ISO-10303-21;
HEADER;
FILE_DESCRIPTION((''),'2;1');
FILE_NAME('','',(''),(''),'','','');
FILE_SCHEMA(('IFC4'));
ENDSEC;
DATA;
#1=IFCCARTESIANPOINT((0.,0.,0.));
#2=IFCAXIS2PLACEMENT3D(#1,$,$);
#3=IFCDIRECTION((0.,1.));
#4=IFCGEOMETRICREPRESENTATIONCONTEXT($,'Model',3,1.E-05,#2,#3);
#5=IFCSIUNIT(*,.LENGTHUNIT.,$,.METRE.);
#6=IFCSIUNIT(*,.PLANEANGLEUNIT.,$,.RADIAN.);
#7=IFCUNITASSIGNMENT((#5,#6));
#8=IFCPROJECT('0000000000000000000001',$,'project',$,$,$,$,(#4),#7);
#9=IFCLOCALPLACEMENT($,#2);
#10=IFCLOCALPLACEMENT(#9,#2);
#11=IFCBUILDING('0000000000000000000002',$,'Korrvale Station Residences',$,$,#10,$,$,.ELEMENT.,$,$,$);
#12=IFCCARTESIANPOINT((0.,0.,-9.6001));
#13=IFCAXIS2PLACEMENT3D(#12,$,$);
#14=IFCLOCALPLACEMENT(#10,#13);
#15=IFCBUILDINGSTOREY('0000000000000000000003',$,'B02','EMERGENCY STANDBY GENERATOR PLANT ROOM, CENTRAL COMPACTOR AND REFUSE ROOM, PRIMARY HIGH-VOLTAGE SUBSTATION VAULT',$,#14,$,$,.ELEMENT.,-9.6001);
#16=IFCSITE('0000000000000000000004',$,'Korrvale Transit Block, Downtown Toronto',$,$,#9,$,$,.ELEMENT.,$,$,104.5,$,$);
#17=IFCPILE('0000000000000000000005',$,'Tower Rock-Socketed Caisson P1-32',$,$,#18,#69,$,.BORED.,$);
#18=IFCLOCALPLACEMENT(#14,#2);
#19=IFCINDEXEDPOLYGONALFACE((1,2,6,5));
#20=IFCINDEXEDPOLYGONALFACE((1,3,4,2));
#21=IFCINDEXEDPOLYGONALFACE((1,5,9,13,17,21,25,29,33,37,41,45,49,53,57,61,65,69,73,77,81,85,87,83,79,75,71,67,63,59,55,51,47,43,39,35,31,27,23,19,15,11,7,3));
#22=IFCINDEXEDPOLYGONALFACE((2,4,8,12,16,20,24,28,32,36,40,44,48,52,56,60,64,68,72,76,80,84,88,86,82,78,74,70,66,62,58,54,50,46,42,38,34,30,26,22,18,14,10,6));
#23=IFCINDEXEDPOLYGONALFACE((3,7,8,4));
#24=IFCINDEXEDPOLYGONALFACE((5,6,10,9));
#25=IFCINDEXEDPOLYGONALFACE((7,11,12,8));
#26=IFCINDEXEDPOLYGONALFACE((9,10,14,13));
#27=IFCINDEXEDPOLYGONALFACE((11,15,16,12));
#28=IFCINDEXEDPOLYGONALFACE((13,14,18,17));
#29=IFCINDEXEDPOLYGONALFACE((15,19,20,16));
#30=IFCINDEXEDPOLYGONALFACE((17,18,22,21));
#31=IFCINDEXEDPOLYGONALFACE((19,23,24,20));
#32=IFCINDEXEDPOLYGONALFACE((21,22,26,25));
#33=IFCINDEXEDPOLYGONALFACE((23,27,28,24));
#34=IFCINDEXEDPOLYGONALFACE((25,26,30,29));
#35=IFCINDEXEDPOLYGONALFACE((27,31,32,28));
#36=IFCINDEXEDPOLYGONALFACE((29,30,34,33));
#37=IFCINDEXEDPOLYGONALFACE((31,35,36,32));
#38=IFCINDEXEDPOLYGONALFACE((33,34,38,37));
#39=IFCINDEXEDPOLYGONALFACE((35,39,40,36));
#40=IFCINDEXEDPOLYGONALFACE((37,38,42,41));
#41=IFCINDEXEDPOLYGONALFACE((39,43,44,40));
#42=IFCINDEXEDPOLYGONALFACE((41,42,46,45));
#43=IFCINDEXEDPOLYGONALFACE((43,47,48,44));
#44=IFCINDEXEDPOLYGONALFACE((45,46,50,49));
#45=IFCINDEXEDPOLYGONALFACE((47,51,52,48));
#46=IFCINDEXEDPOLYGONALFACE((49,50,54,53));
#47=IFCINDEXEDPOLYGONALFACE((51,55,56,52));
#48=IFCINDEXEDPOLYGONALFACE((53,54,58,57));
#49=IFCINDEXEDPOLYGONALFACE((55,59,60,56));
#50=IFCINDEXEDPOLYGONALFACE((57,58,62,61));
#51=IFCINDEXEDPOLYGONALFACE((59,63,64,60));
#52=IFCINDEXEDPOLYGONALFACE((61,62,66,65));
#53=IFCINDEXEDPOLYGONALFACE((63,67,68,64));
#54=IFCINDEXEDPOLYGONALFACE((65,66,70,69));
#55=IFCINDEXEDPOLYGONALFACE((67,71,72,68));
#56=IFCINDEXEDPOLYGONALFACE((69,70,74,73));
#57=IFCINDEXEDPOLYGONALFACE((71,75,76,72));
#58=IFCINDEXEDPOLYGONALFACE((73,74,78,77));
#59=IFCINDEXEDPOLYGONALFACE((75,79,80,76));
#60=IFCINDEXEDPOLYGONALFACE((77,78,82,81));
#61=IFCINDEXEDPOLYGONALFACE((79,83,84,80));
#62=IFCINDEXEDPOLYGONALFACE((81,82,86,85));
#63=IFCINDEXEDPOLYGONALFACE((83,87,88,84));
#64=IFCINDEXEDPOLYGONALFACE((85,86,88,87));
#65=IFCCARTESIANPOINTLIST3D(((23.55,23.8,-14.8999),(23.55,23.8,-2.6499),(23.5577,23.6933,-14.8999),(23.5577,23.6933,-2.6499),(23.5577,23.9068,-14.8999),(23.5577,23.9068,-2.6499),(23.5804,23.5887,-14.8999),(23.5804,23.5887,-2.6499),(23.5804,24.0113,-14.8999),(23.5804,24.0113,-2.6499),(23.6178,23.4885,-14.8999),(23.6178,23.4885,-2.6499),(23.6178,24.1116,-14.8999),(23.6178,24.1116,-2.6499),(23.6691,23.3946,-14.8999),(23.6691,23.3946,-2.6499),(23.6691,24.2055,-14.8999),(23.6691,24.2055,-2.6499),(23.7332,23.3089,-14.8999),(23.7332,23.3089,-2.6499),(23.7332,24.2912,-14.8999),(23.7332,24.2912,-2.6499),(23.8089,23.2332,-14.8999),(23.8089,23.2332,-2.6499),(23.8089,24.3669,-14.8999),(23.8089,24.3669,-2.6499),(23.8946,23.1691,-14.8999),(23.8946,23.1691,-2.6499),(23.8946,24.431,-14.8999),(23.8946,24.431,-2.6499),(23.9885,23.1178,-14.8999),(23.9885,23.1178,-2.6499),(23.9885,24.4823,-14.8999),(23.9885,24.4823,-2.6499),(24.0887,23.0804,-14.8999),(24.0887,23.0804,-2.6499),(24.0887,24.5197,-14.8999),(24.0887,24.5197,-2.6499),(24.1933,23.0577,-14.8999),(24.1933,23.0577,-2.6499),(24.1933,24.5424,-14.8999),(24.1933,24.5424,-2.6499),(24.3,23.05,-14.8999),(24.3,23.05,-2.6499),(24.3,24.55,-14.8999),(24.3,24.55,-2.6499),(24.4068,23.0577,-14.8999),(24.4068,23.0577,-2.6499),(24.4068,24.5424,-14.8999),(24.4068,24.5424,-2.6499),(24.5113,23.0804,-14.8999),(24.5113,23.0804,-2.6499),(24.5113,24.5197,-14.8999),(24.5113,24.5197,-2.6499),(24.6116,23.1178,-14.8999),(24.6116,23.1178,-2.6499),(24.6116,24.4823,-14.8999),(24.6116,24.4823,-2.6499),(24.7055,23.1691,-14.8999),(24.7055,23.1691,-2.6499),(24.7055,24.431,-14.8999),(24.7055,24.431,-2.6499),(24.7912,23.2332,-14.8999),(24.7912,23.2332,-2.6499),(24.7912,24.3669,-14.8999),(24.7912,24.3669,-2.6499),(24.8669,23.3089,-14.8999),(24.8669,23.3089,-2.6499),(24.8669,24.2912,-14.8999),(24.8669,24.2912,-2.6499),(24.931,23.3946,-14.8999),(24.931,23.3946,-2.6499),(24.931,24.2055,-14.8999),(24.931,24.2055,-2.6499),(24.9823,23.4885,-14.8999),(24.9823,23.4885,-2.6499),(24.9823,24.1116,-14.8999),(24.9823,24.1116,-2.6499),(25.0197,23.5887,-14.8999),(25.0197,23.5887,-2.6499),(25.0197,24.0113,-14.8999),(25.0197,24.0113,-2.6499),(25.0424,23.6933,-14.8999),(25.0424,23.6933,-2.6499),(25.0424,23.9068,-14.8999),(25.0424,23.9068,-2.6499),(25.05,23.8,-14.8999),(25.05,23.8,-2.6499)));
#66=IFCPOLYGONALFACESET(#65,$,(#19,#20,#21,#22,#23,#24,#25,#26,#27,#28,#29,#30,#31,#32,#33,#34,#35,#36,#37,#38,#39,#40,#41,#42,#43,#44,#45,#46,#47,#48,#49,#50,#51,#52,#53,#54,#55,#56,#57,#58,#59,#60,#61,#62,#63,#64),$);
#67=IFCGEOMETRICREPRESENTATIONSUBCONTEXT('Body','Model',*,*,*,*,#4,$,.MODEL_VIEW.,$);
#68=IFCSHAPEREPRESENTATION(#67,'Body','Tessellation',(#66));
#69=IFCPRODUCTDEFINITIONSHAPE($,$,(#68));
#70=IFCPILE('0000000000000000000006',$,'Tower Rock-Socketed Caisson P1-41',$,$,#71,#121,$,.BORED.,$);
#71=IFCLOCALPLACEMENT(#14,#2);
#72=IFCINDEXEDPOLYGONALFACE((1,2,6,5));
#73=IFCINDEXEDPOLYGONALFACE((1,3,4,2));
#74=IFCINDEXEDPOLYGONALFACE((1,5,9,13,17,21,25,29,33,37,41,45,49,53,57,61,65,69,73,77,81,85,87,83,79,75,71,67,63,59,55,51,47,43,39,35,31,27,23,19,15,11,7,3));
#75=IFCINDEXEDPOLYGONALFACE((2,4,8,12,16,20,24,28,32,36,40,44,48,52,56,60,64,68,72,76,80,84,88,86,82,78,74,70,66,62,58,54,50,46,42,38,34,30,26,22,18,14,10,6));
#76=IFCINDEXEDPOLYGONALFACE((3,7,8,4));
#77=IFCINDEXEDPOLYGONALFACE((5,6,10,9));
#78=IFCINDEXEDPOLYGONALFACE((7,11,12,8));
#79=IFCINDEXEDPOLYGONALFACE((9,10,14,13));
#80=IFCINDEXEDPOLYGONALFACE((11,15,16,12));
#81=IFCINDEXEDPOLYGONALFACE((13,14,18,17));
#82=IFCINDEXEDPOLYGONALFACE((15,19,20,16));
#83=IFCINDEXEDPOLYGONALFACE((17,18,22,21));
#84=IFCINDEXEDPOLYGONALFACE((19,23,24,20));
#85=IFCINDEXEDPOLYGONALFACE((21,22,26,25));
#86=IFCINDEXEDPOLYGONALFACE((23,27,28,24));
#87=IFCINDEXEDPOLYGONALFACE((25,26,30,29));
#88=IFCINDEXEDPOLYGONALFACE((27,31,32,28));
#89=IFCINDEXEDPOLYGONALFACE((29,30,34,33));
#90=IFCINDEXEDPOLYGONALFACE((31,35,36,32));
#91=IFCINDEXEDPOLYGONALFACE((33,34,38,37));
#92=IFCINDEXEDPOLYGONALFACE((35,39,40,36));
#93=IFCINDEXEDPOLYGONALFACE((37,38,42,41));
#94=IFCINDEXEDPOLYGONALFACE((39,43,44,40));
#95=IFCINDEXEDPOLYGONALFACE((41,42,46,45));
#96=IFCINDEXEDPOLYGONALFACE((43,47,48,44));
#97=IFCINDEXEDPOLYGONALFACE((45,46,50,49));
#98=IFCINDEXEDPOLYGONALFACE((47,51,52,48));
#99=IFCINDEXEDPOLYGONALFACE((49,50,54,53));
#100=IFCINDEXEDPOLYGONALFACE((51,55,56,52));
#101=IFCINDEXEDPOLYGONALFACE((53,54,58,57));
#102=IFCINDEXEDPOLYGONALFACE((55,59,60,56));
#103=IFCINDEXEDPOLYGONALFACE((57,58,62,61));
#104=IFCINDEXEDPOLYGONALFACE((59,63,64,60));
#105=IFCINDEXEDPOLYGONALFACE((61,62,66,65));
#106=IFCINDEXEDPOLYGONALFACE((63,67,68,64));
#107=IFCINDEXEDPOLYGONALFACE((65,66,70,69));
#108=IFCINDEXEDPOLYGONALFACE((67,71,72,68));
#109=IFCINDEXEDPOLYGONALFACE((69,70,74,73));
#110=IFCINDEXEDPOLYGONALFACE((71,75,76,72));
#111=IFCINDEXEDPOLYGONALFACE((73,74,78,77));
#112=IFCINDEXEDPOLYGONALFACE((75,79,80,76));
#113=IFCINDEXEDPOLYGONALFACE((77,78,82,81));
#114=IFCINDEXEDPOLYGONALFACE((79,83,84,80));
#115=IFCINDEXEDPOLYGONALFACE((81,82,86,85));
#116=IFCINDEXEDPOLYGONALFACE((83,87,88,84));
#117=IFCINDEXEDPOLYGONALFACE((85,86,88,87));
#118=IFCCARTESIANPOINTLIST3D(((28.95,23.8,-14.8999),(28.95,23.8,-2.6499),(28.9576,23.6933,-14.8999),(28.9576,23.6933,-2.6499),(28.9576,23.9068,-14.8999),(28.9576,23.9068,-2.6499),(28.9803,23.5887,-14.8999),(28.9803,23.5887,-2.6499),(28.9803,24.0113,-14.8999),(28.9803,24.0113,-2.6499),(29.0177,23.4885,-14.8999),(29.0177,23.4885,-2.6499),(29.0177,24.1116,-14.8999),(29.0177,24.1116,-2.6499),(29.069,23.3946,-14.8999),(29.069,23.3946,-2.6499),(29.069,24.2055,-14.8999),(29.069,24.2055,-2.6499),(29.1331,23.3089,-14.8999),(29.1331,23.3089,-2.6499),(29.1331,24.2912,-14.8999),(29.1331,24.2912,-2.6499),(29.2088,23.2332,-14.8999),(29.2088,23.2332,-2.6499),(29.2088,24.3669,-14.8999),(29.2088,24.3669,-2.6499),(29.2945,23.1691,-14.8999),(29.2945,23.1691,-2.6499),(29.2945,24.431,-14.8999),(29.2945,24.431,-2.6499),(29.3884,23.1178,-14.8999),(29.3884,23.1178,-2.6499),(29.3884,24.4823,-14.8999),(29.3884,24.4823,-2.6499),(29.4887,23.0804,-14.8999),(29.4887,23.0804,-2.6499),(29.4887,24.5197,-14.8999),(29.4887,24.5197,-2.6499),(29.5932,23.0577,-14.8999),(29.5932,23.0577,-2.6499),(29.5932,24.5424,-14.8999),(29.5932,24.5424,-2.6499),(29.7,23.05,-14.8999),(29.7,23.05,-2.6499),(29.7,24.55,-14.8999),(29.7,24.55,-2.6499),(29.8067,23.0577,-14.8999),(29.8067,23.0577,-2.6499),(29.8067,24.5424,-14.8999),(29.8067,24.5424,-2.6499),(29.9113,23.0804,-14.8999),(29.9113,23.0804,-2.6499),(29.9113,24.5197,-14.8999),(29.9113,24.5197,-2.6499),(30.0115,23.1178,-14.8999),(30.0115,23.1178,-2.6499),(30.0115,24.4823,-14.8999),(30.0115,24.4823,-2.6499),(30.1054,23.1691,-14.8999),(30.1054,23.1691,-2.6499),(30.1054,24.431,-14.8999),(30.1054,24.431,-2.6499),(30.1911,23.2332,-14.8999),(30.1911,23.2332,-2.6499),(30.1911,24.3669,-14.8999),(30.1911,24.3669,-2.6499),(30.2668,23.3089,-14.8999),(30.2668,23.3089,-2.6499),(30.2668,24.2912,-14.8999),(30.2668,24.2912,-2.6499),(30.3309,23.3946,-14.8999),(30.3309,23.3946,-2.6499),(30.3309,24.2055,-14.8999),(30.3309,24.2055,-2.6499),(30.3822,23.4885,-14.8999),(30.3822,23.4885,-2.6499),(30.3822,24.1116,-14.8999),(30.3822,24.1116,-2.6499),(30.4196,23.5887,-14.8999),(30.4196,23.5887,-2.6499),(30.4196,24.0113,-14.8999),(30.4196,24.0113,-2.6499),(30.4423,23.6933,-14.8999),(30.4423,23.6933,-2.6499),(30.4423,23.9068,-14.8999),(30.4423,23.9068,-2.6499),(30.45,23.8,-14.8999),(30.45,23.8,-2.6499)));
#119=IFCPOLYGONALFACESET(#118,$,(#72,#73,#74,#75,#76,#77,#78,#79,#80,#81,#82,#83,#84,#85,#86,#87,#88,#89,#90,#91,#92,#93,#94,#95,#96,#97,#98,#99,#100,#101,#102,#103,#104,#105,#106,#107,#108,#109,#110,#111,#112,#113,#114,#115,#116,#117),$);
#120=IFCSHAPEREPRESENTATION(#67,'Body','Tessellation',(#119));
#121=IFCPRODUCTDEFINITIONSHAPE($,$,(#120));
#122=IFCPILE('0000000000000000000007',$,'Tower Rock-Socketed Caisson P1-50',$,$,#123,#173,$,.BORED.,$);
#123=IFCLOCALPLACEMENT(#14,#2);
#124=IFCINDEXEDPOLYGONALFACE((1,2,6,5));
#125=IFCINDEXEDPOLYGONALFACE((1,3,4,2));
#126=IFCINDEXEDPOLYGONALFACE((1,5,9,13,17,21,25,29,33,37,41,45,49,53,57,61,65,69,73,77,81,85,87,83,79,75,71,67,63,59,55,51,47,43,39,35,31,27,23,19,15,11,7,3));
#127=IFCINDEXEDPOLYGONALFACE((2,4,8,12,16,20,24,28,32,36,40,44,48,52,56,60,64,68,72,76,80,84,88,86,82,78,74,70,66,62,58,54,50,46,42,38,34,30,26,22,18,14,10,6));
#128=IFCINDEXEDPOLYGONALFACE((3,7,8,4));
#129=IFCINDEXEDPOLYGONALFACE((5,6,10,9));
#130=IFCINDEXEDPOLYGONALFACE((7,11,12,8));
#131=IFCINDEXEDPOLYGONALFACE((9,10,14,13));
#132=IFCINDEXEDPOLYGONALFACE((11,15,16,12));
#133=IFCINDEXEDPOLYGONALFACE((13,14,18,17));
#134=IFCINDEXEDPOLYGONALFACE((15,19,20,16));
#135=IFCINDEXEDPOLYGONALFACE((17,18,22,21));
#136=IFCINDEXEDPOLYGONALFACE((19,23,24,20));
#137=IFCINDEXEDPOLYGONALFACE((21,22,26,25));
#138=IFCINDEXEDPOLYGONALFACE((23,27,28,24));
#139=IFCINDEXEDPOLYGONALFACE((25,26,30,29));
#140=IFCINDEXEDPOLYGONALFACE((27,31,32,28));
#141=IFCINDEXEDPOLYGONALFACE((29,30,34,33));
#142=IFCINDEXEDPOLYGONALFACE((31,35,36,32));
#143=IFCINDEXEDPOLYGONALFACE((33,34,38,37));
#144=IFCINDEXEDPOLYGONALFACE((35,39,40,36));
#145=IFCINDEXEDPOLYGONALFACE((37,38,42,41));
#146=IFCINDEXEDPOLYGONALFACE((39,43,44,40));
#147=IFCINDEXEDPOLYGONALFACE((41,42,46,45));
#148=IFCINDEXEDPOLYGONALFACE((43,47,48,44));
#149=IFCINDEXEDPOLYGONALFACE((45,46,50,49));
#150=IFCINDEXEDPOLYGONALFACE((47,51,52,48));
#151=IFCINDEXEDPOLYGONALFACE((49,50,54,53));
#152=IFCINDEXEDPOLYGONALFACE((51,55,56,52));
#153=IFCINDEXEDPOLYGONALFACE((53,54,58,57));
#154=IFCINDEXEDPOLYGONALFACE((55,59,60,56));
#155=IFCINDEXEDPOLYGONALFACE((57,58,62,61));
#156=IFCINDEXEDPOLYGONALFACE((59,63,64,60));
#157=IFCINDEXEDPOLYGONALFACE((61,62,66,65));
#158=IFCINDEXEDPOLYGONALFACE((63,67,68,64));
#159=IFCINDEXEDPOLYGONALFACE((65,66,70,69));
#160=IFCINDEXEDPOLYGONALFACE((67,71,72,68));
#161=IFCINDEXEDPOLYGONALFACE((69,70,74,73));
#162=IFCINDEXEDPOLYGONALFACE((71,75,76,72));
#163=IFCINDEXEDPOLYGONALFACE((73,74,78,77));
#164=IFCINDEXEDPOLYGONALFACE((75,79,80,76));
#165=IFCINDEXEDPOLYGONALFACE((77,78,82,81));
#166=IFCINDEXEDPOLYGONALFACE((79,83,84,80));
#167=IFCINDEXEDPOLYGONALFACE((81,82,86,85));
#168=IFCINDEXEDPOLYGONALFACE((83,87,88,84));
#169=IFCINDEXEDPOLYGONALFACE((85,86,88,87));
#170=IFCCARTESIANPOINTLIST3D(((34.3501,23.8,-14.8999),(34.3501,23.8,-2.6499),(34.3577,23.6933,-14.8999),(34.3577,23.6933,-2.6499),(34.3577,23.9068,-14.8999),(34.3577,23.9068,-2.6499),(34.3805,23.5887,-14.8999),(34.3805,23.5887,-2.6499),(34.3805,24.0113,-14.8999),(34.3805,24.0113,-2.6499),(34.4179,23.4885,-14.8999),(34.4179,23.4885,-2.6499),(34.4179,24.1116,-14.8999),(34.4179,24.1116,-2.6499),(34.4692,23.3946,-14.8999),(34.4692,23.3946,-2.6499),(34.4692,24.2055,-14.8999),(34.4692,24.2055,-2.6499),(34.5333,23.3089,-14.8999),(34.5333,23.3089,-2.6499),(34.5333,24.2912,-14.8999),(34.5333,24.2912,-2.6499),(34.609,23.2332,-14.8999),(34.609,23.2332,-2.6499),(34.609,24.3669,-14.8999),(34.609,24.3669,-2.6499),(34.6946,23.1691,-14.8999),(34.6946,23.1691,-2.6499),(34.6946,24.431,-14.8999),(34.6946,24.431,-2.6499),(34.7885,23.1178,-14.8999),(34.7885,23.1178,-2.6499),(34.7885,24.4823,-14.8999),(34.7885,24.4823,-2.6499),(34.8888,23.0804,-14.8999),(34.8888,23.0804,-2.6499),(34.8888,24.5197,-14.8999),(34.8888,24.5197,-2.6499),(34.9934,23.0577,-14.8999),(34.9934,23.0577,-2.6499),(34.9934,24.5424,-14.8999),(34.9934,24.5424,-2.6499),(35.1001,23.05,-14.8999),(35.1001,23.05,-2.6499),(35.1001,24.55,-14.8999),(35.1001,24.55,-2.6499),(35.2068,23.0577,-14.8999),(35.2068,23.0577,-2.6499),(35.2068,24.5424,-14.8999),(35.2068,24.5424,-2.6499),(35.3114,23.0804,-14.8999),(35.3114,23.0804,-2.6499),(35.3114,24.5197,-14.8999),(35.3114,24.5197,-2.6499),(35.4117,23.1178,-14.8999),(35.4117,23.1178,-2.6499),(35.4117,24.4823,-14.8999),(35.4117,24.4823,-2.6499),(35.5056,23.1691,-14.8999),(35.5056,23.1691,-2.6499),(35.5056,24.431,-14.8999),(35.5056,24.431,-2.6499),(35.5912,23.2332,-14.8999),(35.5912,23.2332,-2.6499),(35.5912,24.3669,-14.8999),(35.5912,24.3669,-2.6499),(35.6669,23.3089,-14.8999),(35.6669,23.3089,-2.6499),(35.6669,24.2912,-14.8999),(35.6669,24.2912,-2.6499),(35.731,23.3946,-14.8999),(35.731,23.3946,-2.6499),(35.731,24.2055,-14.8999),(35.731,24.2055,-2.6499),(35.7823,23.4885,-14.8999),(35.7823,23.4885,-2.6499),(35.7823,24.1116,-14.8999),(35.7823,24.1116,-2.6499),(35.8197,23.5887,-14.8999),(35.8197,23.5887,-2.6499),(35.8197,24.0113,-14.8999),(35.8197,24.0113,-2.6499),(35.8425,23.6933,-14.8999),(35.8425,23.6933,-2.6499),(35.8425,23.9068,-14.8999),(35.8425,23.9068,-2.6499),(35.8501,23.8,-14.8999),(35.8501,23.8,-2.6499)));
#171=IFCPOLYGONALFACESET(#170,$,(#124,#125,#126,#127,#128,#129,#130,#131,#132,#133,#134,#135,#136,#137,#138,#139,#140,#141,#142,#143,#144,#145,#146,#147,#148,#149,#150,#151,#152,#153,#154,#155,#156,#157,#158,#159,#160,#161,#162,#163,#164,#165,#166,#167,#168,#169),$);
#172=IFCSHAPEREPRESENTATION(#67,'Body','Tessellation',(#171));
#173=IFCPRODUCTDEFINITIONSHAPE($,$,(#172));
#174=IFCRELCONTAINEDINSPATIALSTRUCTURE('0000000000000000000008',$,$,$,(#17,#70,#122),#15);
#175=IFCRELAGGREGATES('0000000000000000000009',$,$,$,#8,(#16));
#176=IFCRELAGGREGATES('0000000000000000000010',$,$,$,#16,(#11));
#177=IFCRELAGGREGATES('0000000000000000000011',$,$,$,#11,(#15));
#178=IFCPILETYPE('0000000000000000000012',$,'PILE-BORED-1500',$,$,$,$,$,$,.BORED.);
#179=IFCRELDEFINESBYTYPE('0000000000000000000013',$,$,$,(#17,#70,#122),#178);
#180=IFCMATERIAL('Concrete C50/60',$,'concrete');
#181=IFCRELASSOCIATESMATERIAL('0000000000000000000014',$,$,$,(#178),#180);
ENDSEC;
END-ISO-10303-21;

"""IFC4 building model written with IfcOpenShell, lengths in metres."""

from ifc_helpers import new_model, si_unit, direction, frame, origin, origin_2d, place, context, subcontext, project, spatial, circle, extrude, material, material_profile, profile_set, type_object, element, save


model = new_model("IFC4")

# Units and contexts
model_context = context("Model", 3, precision=1e-05, world=origin(), true_north=direction((0.0, 1.0)))
body_context = subcontext(model_context, "Body", "Model", "MODEL_VIEW")
ifc_project = project(units=[si_unit("LENGTHUNIT", "METRE"), si_unit("PLANEANGLEUNIT", "RADIAN")], contexts=[model_context])

# Site, building, storey
site_placement = place(None, origin())
site = spatial("IfcSite", under=ifc_project, at=site_placement, Name="Korrvale Transit Block, Downtown Toronto", CompositionType="ELEMENT", RefElevation=104.5)
building_placement = place(site_placement, origin())
building = spatial("IfcBuilding", under=site, at=building_placement, Name="Korrvale Station Residences", CompositionType="ELEMENT")
storey_placement = place(building_placement, frame((0.0, 0.0, -9.6001)))
storey = spatial("IfcBuildingStorey", under=building, at=storey_placement, Name="B02", Description="EMERGENCY STANDBY GENERATOR PLANT ROOM, CENTRAL COMPACTOR AND REFUSE ROOM, PRIMARY HIGH-VOLTAGE SUBSTATION VAULT", CompositionType="ELEMENT", Elevation=-9.6001)

# Piles
ifc_material_1 = material(Name="Concrete C50/60", Category="concrete")
ifc_material_profile_1 = material_profile(ifc_material_1, circle(Radius=0.75, at=origin_2d()), Name="PILE1500")
ifc_profile_set_1 = profile_set([ifc_material_profile_1], Name="Concrete C50/60")
pile_type = type_object("IfcPileType", Name="PILE-BORED-1500", PredefinedType="BORED", material=ifc_profile_set_1)
for number, where, z_axis, x_axis, name in (
    (1, (24.3, 23.8, -2.6499), (0.0, 0.0, -1.0), (1.0, 0.0, 0.0), "Tower Rock-Socketed Caisson P1-32"),
    (2, (29.7, 23.8, -2.6499), (0.0, 0.0, -1.0), (1.0, 0.0, 0.0), "Tower Rock-Socketed Caisson P1-41"),
    (3, (35.1001, 23.8, -2.6499), (0.0, 0.0, -1.0), (1.0, 0.0, 0.0), "Tower Rock-Socketed Caisson P1-50"),
):
    element("IfcPile", number, at=place(storey_placement, frame(where, z_axis=z_axis, x_axis=x_axis)), inside=storey, type_object=pile_type, Name=name, PredefinedType="BORED", context=body_context, shape_type="SweptSolid", body=[
        extrude(circle(Radius=0.75, at=origin_2d()), origin(), (0.0, 0.0, 1.0), 12.25),
    ])

save(model, "model.ifc")
